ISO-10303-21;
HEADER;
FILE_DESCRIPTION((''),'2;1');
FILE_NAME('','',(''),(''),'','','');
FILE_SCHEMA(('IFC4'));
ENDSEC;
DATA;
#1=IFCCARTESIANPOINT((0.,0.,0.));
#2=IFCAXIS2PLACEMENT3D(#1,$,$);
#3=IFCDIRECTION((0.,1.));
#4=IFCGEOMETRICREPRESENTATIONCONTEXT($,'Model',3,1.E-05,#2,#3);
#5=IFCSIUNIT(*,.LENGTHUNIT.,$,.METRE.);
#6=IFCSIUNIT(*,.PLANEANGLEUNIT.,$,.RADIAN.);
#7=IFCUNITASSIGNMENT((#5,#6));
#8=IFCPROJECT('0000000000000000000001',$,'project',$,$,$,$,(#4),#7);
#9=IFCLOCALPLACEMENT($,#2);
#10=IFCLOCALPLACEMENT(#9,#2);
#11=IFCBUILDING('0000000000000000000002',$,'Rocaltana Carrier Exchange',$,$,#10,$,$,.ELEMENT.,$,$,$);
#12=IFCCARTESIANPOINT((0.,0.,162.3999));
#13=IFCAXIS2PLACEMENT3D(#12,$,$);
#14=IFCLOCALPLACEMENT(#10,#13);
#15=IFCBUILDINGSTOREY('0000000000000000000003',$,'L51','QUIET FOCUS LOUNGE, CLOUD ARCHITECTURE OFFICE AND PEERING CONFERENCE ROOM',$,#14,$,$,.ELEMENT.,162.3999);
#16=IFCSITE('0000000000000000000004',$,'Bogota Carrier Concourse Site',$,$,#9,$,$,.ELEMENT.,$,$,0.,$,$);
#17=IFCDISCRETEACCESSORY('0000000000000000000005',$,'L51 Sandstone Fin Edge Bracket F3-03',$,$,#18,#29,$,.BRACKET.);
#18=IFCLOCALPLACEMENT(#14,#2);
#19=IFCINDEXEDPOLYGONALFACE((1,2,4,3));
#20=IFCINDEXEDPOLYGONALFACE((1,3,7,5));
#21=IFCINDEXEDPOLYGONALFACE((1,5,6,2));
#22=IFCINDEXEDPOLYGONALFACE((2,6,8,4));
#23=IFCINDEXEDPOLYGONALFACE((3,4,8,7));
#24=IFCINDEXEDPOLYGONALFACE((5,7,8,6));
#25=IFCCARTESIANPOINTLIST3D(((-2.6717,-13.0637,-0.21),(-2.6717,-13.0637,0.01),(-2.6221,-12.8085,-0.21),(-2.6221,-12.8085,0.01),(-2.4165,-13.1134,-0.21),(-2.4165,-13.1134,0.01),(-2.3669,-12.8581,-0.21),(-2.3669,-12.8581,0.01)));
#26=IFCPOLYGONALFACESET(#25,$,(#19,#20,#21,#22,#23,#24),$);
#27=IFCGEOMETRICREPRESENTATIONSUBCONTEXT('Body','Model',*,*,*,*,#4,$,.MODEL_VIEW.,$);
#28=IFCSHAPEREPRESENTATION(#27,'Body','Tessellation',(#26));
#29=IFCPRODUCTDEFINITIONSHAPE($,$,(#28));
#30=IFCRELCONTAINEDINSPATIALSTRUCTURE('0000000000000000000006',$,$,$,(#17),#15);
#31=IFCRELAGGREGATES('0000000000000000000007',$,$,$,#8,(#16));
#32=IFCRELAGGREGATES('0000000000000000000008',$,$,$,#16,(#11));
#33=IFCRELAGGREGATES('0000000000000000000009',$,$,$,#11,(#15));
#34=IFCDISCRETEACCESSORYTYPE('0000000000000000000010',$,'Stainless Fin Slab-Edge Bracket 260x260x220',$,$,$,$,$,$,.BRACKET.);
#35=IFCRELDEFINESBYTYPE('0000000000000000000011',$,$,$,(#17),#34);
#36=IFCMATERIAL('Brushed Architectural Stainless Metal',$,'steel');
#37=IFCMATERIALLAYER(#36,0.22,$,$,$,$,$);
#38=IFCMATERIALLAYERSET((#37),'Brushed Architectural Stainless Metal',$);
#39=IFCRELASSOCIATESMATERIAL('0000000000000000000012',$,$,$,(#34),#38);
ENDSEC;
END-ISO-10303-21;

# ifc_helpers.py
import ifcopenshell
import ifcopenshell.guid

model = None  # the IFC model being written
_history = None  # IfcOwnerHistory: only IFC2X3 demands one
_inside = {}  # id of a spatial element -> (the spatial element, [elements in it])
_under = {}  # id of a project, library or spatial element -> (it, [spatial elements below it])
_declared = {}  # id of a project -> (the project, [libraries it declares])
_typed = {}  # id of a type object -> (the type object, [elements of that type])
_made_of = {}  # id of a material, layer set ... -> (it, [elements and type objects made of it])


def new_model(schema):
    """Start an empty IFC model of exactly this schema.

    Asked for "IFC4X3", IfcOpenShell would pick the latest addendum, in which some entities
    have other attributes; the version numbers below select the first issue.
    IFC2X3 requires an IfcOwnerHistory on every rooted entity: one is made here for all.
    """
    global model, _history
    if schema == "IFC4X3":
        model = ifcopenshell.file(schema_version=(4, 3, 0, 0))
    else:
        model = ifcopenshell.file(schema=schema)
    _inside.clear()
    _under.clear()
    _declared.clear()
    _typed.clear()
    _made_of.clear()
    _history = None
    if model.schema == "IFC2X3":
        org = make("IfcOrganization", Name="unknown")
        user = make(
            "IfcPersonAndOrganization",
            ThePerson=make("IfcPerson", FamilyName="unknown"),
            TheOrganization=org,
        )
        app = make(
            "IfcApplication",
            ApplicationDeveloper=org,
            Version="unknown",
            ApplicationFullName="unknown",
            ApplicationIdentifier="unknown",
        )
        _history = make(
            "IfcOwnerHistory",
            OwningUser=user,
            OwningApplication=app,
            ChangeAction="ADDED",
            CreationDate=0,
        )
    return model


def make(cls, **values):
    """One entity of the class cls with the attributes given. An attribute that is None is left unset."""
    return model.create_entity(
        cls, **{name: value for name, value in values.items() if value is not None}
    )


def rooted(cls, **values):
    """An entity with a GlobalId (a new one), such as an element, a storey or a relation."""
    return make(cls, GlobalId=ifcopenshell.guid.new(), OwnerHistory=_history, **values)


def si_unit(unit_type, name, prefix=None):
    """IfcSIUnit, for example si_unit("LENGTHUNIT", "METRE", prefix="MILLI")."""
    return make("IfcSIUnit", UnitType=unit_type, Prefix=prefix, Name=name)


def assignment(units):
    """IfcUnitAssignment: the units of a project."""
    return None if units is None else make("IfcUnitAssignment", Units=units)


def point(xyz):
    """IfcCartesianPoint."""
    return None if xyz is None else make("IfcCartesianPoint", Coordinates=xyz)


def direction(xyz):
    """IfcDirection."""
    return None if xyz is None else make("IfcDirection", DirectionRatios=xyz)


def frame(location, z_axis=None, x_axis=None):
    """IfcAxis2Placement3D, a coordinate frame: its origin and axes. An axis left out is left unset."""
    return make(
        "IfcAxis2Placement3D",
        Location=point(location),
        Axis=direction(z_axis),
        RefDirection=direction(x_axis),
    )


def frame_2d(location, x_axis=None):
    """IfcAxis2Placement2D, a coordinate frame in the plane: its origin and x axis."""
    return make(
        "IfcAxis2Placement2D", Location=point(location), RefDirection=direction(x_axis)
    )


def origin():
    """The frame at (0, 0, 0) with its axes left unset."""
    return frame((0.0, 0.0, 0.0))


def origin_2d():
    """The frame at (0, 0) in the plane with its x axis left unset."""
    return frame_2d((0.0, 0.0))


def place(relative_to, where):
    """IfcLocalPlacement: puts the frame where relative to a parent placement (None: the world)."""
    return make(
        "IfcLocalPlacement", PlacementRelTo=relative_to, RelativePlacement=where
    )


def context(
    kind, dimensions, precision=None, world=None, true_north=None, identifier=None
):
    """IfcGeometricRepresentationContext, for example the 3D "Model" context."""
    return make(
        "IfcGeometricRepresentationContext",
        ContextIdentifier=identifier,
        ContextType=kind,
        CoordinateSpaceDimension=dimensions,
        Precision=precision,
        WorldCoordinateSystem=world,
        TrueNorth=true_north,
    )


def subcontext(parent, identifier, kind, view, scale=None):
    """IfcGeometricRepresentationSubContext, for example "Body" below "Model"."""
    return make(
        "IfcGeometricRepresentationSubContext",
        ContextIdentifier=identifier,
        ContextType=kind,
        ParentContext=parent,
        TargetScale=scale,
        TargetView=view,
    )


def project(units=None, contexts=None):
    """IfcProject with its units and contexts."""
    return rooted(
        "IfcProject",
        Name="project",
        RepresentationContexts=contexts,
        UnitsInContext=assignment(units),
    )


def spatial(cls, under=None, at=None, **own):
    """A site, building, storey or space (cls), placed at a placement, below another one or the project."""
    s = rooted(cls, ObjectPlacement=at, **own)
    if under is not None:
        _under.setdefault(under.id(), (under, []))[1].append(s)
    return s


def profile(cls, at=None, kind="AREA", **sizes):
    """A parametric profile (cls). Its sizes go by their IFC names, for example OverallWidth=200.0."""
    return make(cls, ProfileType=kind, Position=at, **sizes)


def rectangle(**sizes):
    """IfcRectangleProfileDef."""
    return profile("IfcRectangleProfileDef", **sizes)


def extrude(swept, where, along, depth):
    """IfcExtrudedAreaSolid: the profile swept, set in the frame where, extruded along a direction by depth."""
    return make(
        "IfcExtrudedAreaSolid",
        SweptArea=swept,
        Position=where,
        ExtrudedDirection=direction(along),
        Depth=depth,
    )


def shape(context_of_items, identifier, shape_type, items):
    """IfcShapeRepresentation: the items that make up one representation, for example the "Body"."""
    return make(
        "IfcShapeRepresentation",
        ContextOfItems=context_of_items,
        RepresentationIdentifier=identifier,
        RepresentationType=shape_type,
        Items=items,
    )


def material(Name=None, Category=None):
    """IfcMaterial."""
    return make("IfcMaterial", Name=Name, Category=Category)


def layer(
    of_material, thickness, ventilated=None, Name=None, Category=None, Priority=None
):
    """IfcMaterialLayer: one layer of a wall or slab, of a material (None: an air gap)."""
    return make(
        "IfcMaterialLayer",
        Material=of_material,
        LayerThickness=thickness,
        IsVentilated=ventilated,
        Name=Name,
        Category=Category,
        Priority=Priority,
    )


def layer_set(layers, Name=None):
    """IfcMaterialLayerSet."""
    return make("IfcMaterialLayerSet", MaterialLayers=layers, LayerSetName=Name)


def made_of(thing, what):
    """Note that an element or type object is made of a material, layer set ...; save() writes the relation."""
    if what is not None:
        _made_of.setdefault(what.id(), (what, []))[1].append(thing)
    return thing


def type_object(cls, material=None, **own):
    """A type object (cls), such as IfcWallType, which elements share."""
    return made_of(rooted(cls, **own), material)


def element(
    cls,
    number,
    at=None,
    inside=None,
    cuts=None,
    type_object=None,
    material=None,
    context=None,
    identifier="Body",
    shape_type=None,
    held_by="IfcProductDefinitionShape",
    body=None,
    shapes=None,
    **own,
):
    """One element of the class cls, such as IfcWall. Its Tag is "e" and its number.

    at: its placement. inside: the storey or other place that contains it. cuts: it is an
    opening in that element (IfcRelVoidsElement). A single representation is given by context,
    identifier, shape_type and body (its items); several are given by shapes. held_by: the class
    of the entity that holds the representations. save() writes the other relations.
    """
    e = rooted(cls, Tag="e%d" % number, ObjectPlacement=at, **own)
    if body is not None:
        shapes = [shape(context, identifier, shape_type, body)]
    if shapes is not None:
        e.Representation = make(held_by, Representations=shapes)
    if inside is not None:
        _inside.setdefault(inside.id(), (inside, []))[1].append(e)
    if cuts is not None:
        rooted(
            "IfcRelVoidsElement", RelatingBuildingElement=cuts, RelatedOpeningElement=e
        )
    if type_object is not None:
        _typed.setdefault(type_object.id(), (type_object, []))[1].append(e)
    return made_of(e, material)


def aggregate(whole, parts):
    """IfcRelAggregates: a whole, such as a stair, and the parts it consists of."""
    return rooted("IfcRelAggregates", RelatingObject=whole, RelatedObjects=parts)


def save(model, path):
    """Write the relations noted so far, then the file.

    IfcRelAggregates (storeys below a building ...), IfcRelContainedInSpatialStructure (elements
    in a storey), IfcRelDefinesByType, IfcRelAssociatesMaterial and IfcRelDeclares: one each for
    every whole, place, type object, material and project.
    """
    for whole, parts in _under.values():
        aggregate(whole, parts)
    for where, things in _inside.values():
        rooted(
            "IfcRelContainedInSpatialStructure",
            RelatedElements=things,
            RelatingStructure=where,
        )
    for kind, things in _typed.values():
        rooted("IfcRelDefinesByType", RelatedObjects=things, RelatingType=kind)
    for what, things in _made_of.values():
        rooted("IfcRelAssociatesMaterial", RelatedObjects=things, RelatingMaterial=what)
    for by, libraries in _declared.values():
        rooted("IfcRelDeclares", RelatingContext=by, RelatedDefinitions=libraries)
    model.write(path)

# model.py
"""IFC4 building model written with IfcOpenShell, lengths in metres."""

from ifc_helpers import new_model, si_unit, direction, frame, origin, origin_2d, place, context, subcontext, project, spatial, rectangle, extrude, material, layer, layer_set, type_object, element, save


model = new_model("IFC4")

# Units and contexts
model_context = context("Model", 3, precision=1e-05, world=origin(), true_north=direction((0.0, 1.0)))
body_context = subcontext(model_context, "Body", "Model", "MODEL_VIEW")
ifc_project = project(units=[si_unit("LENGTHUNIT", "METRE"), si_unit("PLANEANGLEUNIT", "RADIAN")], contexts=[model_context])

# Site, building, storey
site_placement = place(None, origin())
site = spatial("IfcSite", under=ifc_project, at=site_placement, Name="Bogota Carrier Concourse Site", CompositionType="ELEMENT", RefElevation=0.0)
building_placement = place(site_placement, origin())
building = spatial("IfcBuilding", under=site, at=building_placement, Name="Rocaltana Carrier Exchange", CompositionType="ELEMENT")
storey_placement = place(building_placement, frame((0.0, 0.0, 162.3999)))
storey = spatial("IfcBuildingStorey", under=building, at=storey_placement, Name="L51", Description="QUIET FOCUS LOUNGE, CLOUD ARCHITECTURE OFFICE AND PEERING CONFERENCE ROOM", CompositionType="ELEMENT", Elevation=162.3999)

# Discrete accessory
ifc_material_1 = material(Name="Brushed Architectural Stainless Metal", Category="steel")
ifc_layer_1 = layer(ifc_material_1, 0.22)
ifc_layer_set_1 = layer_set([ifc_layer_1], Name="Brushed Architectural Stainless Metal")
discrete_accessory_type = type_object("IfcDiscreteAccessoryType", Name="Stainless Fin Slab-Edge Bracket 260x260x220", PredefinedType="BRACKET", material=ifc_layer_set_1)
discrete_accessory_placement = place(storey_placement, frame((-2.5193, -12.9609, -0.21), z_axis=(0.0, 0.0, 1.0), x_axis=(0.981627, -0.190809, 0.0)))
element("IfcDiscreteAccessory", 1, at=discrete_accessory_placement, inside=storey, type_object=discrete_accessory_type, Name="L51 Sandstone Fin Edge Bracket F3-03", PredefinedType="BRACKET", context=body_context, shape_type="SweptSolid", body=[
    extrude(rectangle(XDim=0.26, YDim=0.26, at=origin_2d()), origin(), (0.0, 0.0, 1.0), 0.22),
])

save(model, "model.ifc")
